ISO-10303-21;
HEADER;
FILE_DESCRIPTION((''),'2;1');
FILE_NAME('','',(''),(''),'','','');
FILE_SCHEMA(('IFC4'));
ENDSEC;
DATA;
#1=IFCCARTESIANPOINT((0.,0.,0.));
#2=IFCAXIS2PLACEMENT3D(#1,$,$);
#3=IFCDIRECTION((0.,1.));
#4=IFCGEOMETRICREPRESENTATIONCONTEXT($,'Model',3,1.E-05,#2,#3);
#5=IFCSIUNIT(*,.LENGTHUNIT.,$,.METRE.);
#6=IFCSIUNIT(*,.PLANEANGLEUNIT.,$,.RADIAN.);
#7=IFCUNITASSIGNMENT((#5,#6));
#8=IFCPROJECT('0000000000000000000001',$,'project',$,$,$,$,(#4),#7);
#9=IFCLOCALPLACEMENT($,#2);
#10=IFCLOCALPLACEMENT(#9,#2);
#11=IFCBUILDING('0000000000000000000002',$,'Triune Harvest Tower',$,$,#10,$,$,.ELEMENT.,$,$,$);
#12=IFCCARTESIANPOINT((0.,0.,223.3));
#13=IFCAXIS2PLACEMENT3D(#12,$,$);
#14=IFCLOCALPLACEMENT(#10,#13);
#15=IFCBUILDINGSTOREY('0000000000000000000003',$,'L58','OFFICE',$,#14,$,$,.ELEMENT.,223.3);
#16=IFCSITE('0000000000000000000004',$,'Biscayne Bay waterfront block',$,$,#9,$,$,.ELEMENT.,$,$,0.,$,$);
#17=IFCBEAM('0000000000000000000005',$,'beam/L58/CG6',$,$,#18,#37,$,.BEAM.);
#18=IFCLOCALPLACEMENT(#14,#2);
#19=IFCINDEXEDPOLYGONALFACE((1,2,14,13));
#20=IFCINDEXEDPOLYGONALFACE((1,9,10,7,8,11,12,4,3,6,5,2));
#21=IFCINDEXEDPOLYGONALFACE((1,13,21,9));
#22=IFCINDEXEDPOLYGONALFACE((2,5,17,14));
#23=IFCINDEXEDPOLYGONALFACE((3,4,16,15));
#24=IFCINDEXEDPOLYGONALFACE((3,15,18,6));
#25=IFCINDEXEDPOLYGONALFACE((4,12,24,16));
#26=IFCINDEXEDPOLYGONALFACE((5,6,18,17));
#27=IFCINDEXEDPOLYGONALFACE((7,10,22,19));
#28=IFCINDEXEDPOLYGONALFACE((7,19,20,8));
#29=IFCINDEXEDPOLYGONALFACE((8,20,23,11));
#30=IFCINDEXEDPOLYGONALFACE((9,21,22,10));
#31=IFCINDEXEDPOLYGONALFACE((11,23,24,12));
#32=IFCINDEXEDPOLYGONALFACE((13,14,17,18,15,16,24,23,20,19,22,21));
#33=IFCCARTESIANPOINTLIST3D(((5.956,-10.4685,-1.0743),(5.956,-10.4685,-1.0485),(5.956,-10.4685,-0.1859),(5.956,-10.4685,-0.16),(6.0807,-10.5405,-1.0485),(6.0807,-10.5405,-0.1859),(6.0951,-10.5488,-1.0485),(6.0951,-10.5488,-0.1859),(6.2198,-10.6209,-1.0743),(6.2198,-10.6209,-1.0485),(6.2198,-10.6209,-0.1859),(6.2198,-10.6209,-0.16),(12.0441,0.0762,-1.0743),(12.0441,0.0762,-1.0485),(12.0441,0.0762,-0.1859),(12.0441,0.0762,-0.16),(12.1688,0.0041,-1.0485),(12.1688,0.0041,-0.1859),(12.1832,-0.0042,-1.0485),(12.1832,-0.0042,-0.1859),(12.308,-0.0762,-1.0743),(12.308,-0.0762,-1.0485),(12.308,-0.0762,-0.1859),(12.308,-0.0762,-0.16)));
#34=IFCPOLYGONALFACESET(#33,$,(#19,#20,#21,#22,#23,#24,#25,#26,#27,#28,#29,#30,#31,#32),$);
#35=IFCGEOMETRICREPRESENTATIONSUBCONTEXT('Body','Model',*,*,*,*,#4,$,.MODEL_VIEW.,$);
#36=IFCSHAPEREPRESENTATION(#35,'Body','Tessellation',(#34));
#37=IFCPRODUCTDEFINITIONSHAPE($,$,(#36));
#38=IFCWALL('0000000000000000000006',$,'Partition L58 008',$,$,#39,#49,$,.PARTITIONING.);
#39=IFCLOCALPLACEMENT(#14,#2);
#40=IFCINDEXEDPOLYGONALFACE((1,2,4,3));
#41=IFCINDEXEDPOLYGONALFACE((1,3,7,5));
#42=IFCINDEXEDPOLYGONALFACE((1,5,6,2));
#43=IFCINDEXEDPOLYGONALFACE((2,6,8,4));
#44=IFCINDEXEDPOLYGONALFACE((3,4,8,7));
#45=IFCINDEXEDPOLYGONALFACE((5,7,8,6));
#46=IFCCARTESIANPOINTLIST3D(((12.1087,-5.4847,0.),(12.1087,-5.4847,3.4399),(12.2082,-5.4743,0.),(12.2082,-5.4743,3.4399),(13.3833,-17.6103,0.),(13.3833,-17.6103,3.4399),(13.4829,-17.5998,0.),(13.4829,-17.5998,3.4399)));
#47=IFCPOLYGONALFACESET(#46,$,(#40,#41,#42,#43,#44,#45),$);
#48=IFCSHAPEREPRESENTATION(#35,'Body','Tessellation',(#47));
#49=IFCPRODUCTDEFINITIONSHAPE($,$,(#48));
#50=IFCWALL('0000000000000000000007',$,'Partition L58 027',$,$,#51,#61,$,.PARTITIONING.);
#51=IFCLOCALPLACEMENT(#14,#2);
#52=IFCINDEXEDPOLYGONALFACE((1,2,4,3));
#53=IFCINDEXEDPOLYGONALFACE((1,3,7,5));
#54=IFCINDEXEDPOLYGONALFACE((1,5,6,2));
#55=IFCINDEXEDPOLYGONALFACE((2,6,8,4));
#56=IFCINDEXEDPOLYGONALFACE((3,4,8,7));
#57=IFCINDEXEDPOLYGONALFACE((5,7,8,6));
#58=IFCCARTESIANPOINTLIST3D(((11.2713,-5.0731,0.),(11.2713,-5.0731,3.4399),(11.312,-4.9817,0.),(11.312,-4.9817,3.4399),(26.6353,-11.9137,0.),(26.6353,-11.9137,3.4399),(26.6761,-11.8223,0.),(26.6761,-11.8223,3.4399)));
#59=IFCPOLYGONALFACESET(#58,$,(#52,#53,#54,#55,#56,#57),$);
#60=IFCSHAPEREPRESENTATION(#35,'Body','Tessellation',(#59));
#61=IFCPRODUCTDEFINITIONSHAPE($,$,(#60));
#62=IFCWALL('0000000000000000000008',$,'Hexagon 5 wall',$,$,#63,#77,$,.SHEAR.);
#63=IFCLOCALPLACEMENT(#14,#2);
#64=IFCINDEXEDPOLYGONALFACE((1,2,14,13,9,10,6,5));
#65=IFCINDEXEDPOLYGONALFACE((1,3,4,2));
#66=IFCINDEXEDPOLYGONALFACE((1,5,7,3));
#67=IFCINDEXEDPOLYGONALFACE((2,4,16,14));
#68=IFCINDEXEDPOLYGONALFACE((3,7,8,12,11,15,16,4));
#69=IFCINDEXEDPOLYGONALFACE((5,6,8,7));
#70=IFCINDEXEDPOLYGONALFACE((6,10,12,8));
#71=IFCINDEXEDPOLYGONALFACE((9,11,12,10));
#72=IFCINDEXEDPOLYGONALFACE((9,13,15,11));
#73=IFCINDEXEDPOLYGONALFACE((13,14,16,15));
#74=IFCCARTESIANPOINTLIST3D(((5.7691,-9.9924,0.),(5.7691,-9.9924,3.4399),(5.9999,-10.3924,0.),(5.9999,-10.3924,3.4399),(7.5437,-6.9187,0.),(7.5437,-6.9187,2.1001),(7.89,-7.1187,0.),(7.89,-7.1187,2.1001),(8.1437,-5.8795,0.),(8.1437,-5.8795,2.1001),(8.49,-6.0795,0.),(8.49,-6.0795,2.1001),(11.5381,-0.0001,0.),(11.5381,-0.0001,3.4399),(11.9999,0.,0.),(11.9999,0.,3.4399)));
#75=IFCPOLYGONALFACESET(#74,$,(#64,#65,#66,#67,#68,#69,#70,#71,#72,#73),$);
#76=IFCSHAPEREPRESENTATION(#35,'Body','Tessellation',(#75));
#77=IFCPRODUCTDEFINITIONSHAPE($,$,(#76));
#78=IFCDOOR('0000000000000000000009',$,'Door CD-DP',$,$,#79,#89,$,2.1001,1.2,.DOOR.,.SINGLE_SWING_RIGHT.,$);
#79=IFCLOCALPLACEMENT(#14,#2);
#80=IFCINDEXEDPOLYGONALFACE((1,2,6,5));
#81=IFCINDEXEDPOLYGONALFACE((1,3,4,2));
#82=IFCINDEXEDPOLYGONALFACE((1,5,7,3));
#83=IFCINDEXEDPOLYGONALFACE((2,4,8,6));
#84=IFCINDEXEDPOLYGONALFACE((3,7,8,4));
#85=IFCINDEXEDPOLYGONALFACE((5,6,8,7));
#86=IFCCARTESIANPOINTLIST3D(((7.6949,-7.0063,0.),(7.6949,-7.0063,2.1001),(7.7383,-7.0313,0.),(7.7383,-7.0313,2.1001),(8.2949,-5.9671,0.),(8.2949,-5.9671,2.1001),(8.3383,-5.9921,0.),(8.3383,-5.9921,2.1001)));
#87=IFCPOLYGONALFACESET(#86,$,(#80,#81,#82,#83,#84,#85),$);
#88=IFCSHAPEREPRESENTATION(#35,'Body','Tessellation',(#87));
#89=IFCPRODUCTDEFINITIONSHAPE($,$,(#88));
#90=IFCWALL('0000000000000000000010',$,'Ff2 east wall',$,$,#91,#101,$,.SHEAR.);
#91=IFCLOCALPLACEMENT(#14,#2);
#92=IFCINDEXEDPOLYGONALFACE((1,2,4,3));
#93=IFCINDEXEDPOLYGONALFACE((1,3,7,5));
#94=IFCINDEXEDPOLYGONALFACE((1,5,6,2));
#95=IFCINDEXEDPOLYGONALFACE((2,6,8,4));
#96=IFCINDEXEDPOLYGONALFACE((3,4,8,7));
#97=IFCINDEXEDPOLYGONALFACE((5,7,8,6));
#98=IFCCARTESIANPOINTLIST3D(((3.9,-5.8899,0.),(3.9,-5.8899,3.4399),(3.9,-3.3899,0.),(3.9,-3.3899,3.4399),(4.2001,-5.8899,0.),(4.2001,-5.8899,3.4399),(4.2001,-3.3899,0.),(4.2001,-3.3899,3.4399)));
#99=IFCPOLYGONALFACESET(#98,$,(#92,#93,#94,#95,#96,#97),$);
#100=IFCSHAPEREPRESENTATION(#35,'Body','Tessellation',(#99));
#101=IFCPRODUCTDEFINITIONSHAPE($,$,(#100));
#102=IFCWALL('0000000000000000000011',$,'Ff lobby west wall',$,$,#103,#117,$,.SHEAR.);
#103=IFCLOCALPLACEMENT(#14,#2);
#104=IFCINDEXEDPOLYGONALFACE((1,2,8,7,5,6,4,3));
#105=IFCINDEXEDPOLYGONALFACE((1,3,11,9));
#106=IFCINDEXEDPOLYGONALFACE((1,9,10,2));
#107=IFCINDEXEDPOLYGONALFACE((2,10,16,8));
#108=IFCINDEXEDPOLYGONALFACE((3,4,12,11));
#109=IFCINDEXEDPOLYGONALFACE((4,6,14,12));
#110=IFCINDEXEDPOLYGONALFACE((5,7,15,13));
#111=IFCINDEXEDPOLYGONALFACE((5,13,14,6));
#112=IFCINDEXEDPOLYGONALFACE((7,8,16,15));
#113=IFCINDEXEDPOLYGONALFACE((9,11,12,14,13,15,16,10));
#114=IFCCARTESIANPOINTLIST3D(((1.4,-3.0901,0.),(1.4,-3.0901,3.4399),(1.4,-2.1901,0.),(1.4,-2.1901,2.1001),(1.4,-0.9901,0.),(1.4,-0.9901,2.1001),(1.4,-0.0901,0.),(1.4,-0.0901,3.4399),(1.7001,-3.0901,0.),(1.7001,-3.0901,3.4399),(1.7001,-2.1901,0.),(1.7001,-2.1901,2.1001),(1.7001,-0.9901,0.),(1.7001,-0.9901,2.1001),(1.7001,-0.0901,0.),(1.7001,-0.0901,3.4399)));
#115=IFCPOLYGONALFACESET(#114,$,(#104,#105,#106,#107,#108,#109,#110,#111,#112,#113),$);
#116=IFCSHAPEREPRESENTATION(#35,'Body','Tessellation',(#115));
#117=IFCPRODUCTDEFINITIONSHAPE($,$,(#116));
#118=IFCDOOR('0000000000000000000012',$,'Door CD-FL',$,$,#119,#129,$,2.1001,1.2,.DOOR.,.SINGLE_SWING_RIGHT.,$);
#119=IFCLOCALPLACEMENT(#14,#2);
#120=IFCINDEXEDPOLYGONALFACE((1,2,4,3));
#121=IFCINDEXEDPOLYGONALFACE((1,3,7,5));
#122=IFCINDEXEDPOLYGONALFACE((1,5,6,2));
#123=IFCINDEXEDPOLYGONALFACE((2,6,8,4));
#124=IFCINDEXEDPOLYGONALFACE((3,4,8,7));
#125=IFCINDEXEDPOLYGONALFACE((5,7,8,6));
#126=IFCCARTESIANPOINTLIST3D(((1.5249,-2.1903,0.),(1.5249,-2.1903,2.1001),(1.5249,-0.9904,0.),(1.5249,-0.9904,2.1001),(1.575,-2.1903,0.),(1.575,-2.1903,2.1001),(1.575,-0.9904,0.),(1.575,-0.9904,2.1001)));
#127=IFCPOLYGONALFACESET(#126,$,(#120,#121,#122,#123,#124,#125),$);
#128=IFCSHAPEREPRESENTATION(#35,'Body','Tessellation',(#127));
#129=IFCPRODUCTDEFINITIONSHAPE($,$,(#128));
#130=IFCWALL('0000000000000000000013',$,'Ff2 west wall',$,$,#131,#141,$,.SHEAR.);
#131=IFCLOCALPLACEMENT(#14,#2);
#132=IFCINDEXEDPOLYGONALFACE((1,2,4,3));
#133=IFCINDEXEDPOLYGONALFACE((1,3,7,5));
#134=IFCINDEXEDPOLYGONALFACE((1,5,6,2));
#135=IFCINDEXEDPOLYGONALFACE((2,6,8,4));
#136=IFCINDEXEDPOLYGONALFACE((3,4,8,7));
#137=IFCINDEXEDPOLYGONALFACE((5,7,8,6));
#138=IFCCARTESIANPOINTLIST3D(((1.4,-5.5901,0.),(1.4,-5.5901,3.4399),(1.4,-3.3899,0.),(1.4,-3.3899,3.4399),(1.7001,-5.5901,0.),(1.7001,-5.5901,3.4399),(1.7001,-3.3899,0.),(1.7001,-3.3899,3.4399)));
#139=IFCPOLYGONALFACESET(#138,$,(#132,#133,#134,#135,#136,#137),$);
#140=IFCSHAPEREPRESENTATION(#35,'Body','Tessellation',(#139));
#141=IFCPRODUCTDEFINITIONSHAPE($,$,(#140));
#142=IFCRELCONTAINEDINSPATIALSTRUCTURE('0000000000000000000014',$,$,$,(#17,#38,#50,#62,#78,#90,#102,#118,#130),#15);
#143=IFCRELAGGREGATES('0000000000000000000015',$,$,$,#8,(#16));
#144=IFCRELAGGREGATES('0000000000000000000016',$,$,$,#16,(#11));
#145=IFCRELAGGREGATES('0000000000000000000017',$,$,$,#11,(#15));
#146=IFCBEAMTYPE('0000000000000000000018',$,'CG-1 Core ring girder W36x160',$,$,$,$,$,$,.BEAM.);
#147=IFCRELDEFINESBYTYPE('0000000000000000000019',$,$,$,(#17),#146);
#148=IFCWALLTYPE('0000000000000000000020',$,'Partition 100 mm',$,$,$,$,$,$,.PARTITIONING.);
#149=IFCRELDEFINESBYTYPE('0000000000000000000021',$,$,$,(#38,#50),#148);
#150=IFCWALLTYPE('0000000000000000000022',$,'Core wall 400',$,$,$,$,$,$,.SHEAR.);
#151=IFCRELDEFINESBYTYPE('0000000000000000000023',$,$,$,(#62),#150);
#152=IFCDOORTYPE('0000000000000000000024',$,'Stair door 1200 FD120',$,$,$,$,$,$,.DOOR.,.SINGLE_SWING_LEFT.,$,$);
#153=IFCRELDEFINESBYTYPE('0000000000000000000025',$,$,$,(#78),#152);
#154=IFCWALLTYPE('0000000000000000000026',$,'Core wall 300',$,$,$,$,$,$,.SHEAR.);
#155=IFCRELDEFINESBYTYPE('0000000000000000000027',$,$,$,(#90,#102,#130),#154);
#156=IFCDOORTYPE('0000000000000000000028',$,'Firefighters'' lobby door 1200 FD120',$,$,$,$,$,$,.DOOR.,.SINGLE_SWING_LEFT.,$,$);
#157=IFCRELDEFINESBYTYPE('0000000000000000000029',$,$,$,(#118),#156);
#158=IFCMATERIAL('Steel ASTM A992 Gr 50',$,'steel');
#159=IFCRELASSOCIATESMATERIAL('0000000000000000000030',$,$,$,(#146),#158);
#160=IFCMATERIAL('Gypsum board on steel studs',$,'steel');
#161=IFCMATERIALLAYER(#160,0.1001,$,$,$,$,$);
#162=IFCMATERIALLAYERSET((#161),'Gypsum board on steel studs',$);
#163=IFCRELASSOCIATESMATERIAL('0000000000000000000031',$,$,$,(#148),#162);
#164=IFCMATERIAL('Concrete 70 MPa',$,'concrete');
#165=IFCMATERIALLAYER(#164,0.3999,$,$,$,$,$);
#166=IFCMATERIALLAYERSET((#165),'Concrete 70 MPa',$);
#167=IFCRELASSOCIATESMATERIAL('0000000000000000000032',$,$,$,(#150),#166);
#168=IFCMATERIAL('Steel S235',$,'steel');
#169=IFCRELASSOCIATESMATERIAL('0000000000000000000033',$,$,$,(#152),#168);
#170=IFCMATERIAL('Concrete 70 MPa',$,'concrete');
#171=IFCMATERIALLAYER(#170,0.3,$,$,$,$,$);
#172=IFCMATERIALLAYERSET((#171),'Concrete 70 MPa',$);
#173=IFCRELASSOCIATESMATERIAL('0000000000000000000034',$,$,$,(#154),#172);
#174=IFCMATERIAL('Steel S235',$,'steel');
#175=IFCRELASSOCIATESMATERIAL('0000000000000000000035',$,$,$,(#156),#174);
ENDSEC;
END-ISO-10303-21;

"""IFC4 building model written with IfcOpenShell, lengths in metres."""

from ifc_helpers import new_model, si_unit, direction, frame, frame_2d, origin, origin_2d, place, context, subcontext, project, spatial, polyline, rectangle, i_section, outline, extrude, source, transform, mapped, material, layer, layer_set, material_profile, profile_set, type_object, element, fill, save


model = new_model("IFC4")

# Units and contexts
model_context = context("Model", 3, precision=1e-05, world=origin(), true_north=direction((0.0, 1.0)))
body_context = subcontext(model_context, "Body", "Model", "MODEL_VIEW")
ifc_project = project(units=[si_unit("LENGTHUNIT", "METRE"), si_unit("PLANEANGLEUNIT", "RADIAN")], contexts=[model_context])

# Site, building, storey
site_placement = place(None, origin())
site = spatial("IfcSite", under=ifc_project, at=site_placement, Name="Biscayne Bay waterfront block", CompositionType="ELEMENT", RefElevation=0.0)
building_placement = place(site_placement, origin())
building = spatial("IfcBuilding", under=site, at=building_placement, Name="Triune Harvest Tower", CompositionType="ELEMENT")
storey_placement = place(building_placement, frame((0.0, 0.0, 223.3)))
storey = spatial("IfcBuildingStorey", under=building, at=storey_placement, Name="L58", Description="OFFICE", CompositionType="ELEMENT", Elevation=223.3)

# Beam
ifc_material_1 = material(Name="Steel ASTM A992 Gr 50", Category="steel")
ifc_material_profile = material_profile(ifc_material_1, i_section(OverallWidth=0.3047, OverallDepth=0.9143, WebThickness=0.0166, FlangeThickness=0.0259, at=origin_2d()), Name="W36x160")
ifc_profile_set = profile_set([ifc_material_profile], Name="Steel ASTM A992 Gr 50")
beam_type = type_object("IfcBeamType", Name="CG-1 Core ring girder W36x160", PredefinedType="BEAM", material=ifc_profile_set)
shared_shape_1 = source(origin(), body_context, "Body", "SweptSolid", [
    extrude(i_section(OverallWidth=0.3047, OverallDepth=0.9143, WebThickness=0.0166, FlangeThickness=0.0259, at=origin_2d()), origin(), (0.0, 0.0, 1.0), 12.176),
])
beam_placement = place(storey_placement, frame((6.0879, -10.5447, -0.6172), z_axis=(0.50001, 0.86602, 0.0), x_axis=(-0.86602, 0.50001, 0.0)))
element("IfcBeam", 1, at=beam_placement, inside=storey, type_object=beam_type, Name="beam/L58/CG6", PredefinedType="BEAM", context=body_context, shape_type="MappedRepresentation", body=[
    mapped(shared_shape_1, transform((0.0, 0.0, 0.0), scale=1.0)),
])

# Walls
ifc_material_2 = material(Name="Gypsum board on steel studs", Category="steel")
ifc_layer_1 = layer(ifc_material_2, 0.1001)
ifc_layer_set_1 = layer_set([ifc_layer_1], Name="Gypsum board on steel studs")
wall_type_1 = type_object("IfcWallType", Name="Partition 100 mm", PredefinedType="PARTITIONING", material=ifc_layer_set_1)
wall_1_placement = place(storey_placement, frame((12.1584, -5.4795, 0.0), z_axis=(0.0, 0.0, 1.0), x_axis=(0.104546, -0.99452, 0.0)))
element("IfcWall", 2, at=wall_1_placement, inside=storey, type_object=wall_type_1, Name="Partition L58 008", PredefinedType="PARTITIONING", context=body_context, shape_type="SweptSolid", body=[
    extrude(rectangle(XDim=12.1924, YDim=0.1001, at=frame_2d((6.0962, 0.0))), origin(), (0.0, 0.0, 1.0), 3.4399),
])
wall_2_placement = place(storey_placement, frame((11.2915, -5.0273, 0.0), z_axis=(0.0, 0.0, 1.0), x_axis=(0.913544, -0.40674, 0.0)))
element("IfcWall", 3, at=wall_2_placement, inside=storey, type_object=wall_type_1, Name="Partition L58 027", PredefinedType="PARTITIONING", context=body_context, shape_type="SweptSolid", body=[
    extrude(rectangle(XDim=16.8181, YDim=0.1001, at=frame_2d((8.4092, 0.0))), origin(), (0.0, 0.0, 1.0), 3.4399),
])

# Wall, opening, door
ifc_material_3 = material(Name="Concrete 70 MPa", Category="concrete")
ifc_layer_2 = layer(ifc_material_3, 0.3999)
ifc_layer_set_2 = layer_set([ifc_layer_2], Name="Concrete 70 MPa")
wall_type_2 = type_object("IfcWallType", Name="Core wall 400", PredefinedType="SHEAR", material=ifc_layer_set_2)
shared_shape_2 = source(origin(), body_context, "Body", "SweptSolid", [
    extrude(outline(polyline([(-0.1155, -0.2), (11.8845, -0.2), (11.6536, 0.2), (0.1155, 0.2), (-0.1155, -0.2)])), origin(), (0.0, 0.0, 1.0), 3.4399),
])
wall_3_placement = place(storey_placement, frame((5.8845, -10.1924, 0.0), z_axis=(0.0, 0.0, 1.0), x_axis=(0.499997, 0.866027, 0.0)))
wall_3 = element("IfcWall", 4, at=wall_3_placement, inside=storey, type_object=wall_type_2, Name="Hexagon 5 wall", PredefinedType="SHEAR", context=body_context, shape_type="MappedRepresentation", body=[
    mapped(shared_shape_2, transform((0.0, 0.0, 0.0), scale=1.0)),
])
opening_1_placement = place(wall_3_placement, frame((3.6646, 0.0, 0.0)))
opening_1 = element("IfcOpeningElement", 5, at=opening_1_placement, cuts=wall_3, PredefinedType="OPENING", context=body_context, shape_type="SweptSolid", body=[
    extrude(rectangle(XDim=1.2, YDim=2.1001, at=frame_2d((0.6001, 1.05))), frame((0.0, 0.21, 0.0), z_axis=(0.0, -1.0, 0.0), x_axis=(1.0, 0.0, 0.0)), (0.0, 0.0, 1.0), 0.4199),
])
ifc_material_4 = material(Name="Steel S235", Category="steel")
door_type_1 = type_object("IfcDoorType", Name="Stair door 1200 FD120", OperationType="SINGLE_SWING_LEFT", PredefinedType="DOOR", material=ifc_material_4)
door_1_placement = place(opening_1_placement, frame((1.2, 0.0, 0.0), z_axis=(0.0, 0.0, 1.0), x_axis=(-1.0, 0.0, 0.0)))
door_1 = element("IfcDoor", 6, at=door_1_placement, inside=storey, type_object=door_type_1, Name="Door CD-DP", OperationType="SINGLE_SWING_RIGHT", OverallHeight=2.1001, OverallWidth=1.2, PredefinedType="DOOR", context=body_context, shape_type="SweptSolid", body=[
    extrude(rectangle(XDim=1.2, YDim=2.1001, at=frame_2d((0.6001, 1.05))), frame((0.0, 0.0249, 0.0), z_axis=(0.0, -1.0, 0.0), x_axis=(1.0, 0.0, 0.0)), (0.0, 0.0, 1.0), 0.05),
])
fill(opening_1, door_1)

# Wall
ifc_material_5 = material(Name="Concrete 70 MPa", Category="concrete")
ifc_layer_3 = layer(ifc_material_5, 0.3)
ifc_layer_set_3 = layer_set([ifc_layer_3], Name="Concrete 70 MPa")
wall_type_3 = type_object("IfcWallType", Name="Core wall 300", PredefinedType="SHEAR", material=ifc_layer_set_3)
shared_shape_3 = source(origin(), body_context, "Body", "SweptSolid", [
    extrude(rectangle(XDim=2.5, YDim=0.3, at=frame_2d((1.25, 0.0))), origin(), (0.0, 0.0, 1.0), 3.4399),
])
wall_4_placement = place(storey_placement, frame((4.05, -5.8899, 0.0), z_axis=(0.0, 0.0, 1.0), x_axis=(0.0, 1.0, 0.0)))
element("IfcWall", 7, at=wall_4_placement, inside=storey, type_object=wall_type_3, Name="Ff2 east wall", PredefinedType="SHEAR", context=body_context, shape_type="MappedRepresentation", body=[
    mapped(shared_shape_3, transform((0.0, 0.0, 0.0), scale=1.0)),
])

# Wall, opening, door
shared_shape_4 = source(origin(), body_context, "Body", "SweptSolid", [
    extrude(rectangle(XDim=3.0, YDim=0.3, at=frame_2d((1.5, 0.0))), origin(), (0.0, 0.0, 1.0), 3.4399),
])
wall_5_placement = place(storey_placement, frame((1.55, -3.0901, 0.0), z_axis=(0.0, 0.0, 1.0), x_axis=(0.0, 1.0, 0.0)))
wall_5 = element("IfcWall", 8, at=wall_5_placement, inside=storey, type_object=wall_type_3, Name="Ff lobby west wall", PredefinedType="SHEAR", context=body_context, shape_type="MappedRepresentation", body=[
    mapped(shared_shape_4, transform((0.0, 0.0, 0.0), scale=1.0)),
])
opening_2_placement = place(wall_5_placement, frame((0.8999, 0.0, 0.0)))
opening_2 = element("IfcOpeningElement", 9, at=opening_2_placement, cuts=wall_5, PredefinedType="OPENING", context=body_context, shape_type="SweptSolid", body=[
    extrude(rectangle(XDim=1.2, YDim=2.1001, at=frame_2d((0.6001, 1.05))), frame((0.0, 0.1602, 0.0), z_axis=(0.0, -1.0, 0.0), x_axis=(1.0, 0.0, 0.0)), (0.0, 0.0, 1.0), 0.3201),
])
ifc_material_6 = material(Name="Steel S235", Category="steel")
door_type_2 = type_object("IfcDoorType", Name="Firefighters' lobby door 1200 FD120", OperationType="SINGLE_SWING_LEFT", PredefinedType="DOOR", material=ifc_material_6)
door_2_placement = place(opening_2_placement, frame((1.2, 0.0, 0.0), z_axis=(0.0, 0.0, 1.0), x_axis=(-1.0, 0.0, 0.0)))
door_2 = element("IfcDoor", 10, at=door_2_placement, inside=storey, type_object=door_type_2, Name="Door CD-FL", OperationType="SINGLE_SWING_RIGHT", OverallHeight=2.1001, OverallWidth=1.2, PredefinedType="DOOR", context=body_context, shape_type="SweptSolid", body=[
    extrude(rectangle(XDim=1.2, YDim=2.1001, at=frame_2d((0.6001, 1.05))), frame((0.0, 0.0249, 0.0), z_axis=(0.0, -1.0, 0.0), x_axis=(1.0, 0.0, 0.0)), (0.0, 0.0, 1.0), 0.05),
])
fill(opening_2, door_2)

# Wall
shared_shape_5 = source(origin(), body_context, "Body", "SweptSolid", [
    extrude(rectangle(XDim=2.2002, YDim=0.3, at=frame_2d((1.1001, 0.0))), origin(), (0.0, 0.0, 1.0), 3.4399),
])
wall_6_placement = place(storey_placement, frame((1.55, -5.5901, 0.0), z_axis=(0.0, 0.0, 1.0), x_axis=(0.0, 1.0, 0.0)))
element("IfcWall", 11, at=wall_6_placement, inside=storey, type_object=wall_type_3, Name="Ff2 west wall", PredefinedType="SHEAR", context=body_context, shape_type="MappedRepresentation", body=[
    mapped(shared_shape_5, transform((0.0, 0.0, 0.0), scale=1.0)),
])

save(model, "model.ifc")
